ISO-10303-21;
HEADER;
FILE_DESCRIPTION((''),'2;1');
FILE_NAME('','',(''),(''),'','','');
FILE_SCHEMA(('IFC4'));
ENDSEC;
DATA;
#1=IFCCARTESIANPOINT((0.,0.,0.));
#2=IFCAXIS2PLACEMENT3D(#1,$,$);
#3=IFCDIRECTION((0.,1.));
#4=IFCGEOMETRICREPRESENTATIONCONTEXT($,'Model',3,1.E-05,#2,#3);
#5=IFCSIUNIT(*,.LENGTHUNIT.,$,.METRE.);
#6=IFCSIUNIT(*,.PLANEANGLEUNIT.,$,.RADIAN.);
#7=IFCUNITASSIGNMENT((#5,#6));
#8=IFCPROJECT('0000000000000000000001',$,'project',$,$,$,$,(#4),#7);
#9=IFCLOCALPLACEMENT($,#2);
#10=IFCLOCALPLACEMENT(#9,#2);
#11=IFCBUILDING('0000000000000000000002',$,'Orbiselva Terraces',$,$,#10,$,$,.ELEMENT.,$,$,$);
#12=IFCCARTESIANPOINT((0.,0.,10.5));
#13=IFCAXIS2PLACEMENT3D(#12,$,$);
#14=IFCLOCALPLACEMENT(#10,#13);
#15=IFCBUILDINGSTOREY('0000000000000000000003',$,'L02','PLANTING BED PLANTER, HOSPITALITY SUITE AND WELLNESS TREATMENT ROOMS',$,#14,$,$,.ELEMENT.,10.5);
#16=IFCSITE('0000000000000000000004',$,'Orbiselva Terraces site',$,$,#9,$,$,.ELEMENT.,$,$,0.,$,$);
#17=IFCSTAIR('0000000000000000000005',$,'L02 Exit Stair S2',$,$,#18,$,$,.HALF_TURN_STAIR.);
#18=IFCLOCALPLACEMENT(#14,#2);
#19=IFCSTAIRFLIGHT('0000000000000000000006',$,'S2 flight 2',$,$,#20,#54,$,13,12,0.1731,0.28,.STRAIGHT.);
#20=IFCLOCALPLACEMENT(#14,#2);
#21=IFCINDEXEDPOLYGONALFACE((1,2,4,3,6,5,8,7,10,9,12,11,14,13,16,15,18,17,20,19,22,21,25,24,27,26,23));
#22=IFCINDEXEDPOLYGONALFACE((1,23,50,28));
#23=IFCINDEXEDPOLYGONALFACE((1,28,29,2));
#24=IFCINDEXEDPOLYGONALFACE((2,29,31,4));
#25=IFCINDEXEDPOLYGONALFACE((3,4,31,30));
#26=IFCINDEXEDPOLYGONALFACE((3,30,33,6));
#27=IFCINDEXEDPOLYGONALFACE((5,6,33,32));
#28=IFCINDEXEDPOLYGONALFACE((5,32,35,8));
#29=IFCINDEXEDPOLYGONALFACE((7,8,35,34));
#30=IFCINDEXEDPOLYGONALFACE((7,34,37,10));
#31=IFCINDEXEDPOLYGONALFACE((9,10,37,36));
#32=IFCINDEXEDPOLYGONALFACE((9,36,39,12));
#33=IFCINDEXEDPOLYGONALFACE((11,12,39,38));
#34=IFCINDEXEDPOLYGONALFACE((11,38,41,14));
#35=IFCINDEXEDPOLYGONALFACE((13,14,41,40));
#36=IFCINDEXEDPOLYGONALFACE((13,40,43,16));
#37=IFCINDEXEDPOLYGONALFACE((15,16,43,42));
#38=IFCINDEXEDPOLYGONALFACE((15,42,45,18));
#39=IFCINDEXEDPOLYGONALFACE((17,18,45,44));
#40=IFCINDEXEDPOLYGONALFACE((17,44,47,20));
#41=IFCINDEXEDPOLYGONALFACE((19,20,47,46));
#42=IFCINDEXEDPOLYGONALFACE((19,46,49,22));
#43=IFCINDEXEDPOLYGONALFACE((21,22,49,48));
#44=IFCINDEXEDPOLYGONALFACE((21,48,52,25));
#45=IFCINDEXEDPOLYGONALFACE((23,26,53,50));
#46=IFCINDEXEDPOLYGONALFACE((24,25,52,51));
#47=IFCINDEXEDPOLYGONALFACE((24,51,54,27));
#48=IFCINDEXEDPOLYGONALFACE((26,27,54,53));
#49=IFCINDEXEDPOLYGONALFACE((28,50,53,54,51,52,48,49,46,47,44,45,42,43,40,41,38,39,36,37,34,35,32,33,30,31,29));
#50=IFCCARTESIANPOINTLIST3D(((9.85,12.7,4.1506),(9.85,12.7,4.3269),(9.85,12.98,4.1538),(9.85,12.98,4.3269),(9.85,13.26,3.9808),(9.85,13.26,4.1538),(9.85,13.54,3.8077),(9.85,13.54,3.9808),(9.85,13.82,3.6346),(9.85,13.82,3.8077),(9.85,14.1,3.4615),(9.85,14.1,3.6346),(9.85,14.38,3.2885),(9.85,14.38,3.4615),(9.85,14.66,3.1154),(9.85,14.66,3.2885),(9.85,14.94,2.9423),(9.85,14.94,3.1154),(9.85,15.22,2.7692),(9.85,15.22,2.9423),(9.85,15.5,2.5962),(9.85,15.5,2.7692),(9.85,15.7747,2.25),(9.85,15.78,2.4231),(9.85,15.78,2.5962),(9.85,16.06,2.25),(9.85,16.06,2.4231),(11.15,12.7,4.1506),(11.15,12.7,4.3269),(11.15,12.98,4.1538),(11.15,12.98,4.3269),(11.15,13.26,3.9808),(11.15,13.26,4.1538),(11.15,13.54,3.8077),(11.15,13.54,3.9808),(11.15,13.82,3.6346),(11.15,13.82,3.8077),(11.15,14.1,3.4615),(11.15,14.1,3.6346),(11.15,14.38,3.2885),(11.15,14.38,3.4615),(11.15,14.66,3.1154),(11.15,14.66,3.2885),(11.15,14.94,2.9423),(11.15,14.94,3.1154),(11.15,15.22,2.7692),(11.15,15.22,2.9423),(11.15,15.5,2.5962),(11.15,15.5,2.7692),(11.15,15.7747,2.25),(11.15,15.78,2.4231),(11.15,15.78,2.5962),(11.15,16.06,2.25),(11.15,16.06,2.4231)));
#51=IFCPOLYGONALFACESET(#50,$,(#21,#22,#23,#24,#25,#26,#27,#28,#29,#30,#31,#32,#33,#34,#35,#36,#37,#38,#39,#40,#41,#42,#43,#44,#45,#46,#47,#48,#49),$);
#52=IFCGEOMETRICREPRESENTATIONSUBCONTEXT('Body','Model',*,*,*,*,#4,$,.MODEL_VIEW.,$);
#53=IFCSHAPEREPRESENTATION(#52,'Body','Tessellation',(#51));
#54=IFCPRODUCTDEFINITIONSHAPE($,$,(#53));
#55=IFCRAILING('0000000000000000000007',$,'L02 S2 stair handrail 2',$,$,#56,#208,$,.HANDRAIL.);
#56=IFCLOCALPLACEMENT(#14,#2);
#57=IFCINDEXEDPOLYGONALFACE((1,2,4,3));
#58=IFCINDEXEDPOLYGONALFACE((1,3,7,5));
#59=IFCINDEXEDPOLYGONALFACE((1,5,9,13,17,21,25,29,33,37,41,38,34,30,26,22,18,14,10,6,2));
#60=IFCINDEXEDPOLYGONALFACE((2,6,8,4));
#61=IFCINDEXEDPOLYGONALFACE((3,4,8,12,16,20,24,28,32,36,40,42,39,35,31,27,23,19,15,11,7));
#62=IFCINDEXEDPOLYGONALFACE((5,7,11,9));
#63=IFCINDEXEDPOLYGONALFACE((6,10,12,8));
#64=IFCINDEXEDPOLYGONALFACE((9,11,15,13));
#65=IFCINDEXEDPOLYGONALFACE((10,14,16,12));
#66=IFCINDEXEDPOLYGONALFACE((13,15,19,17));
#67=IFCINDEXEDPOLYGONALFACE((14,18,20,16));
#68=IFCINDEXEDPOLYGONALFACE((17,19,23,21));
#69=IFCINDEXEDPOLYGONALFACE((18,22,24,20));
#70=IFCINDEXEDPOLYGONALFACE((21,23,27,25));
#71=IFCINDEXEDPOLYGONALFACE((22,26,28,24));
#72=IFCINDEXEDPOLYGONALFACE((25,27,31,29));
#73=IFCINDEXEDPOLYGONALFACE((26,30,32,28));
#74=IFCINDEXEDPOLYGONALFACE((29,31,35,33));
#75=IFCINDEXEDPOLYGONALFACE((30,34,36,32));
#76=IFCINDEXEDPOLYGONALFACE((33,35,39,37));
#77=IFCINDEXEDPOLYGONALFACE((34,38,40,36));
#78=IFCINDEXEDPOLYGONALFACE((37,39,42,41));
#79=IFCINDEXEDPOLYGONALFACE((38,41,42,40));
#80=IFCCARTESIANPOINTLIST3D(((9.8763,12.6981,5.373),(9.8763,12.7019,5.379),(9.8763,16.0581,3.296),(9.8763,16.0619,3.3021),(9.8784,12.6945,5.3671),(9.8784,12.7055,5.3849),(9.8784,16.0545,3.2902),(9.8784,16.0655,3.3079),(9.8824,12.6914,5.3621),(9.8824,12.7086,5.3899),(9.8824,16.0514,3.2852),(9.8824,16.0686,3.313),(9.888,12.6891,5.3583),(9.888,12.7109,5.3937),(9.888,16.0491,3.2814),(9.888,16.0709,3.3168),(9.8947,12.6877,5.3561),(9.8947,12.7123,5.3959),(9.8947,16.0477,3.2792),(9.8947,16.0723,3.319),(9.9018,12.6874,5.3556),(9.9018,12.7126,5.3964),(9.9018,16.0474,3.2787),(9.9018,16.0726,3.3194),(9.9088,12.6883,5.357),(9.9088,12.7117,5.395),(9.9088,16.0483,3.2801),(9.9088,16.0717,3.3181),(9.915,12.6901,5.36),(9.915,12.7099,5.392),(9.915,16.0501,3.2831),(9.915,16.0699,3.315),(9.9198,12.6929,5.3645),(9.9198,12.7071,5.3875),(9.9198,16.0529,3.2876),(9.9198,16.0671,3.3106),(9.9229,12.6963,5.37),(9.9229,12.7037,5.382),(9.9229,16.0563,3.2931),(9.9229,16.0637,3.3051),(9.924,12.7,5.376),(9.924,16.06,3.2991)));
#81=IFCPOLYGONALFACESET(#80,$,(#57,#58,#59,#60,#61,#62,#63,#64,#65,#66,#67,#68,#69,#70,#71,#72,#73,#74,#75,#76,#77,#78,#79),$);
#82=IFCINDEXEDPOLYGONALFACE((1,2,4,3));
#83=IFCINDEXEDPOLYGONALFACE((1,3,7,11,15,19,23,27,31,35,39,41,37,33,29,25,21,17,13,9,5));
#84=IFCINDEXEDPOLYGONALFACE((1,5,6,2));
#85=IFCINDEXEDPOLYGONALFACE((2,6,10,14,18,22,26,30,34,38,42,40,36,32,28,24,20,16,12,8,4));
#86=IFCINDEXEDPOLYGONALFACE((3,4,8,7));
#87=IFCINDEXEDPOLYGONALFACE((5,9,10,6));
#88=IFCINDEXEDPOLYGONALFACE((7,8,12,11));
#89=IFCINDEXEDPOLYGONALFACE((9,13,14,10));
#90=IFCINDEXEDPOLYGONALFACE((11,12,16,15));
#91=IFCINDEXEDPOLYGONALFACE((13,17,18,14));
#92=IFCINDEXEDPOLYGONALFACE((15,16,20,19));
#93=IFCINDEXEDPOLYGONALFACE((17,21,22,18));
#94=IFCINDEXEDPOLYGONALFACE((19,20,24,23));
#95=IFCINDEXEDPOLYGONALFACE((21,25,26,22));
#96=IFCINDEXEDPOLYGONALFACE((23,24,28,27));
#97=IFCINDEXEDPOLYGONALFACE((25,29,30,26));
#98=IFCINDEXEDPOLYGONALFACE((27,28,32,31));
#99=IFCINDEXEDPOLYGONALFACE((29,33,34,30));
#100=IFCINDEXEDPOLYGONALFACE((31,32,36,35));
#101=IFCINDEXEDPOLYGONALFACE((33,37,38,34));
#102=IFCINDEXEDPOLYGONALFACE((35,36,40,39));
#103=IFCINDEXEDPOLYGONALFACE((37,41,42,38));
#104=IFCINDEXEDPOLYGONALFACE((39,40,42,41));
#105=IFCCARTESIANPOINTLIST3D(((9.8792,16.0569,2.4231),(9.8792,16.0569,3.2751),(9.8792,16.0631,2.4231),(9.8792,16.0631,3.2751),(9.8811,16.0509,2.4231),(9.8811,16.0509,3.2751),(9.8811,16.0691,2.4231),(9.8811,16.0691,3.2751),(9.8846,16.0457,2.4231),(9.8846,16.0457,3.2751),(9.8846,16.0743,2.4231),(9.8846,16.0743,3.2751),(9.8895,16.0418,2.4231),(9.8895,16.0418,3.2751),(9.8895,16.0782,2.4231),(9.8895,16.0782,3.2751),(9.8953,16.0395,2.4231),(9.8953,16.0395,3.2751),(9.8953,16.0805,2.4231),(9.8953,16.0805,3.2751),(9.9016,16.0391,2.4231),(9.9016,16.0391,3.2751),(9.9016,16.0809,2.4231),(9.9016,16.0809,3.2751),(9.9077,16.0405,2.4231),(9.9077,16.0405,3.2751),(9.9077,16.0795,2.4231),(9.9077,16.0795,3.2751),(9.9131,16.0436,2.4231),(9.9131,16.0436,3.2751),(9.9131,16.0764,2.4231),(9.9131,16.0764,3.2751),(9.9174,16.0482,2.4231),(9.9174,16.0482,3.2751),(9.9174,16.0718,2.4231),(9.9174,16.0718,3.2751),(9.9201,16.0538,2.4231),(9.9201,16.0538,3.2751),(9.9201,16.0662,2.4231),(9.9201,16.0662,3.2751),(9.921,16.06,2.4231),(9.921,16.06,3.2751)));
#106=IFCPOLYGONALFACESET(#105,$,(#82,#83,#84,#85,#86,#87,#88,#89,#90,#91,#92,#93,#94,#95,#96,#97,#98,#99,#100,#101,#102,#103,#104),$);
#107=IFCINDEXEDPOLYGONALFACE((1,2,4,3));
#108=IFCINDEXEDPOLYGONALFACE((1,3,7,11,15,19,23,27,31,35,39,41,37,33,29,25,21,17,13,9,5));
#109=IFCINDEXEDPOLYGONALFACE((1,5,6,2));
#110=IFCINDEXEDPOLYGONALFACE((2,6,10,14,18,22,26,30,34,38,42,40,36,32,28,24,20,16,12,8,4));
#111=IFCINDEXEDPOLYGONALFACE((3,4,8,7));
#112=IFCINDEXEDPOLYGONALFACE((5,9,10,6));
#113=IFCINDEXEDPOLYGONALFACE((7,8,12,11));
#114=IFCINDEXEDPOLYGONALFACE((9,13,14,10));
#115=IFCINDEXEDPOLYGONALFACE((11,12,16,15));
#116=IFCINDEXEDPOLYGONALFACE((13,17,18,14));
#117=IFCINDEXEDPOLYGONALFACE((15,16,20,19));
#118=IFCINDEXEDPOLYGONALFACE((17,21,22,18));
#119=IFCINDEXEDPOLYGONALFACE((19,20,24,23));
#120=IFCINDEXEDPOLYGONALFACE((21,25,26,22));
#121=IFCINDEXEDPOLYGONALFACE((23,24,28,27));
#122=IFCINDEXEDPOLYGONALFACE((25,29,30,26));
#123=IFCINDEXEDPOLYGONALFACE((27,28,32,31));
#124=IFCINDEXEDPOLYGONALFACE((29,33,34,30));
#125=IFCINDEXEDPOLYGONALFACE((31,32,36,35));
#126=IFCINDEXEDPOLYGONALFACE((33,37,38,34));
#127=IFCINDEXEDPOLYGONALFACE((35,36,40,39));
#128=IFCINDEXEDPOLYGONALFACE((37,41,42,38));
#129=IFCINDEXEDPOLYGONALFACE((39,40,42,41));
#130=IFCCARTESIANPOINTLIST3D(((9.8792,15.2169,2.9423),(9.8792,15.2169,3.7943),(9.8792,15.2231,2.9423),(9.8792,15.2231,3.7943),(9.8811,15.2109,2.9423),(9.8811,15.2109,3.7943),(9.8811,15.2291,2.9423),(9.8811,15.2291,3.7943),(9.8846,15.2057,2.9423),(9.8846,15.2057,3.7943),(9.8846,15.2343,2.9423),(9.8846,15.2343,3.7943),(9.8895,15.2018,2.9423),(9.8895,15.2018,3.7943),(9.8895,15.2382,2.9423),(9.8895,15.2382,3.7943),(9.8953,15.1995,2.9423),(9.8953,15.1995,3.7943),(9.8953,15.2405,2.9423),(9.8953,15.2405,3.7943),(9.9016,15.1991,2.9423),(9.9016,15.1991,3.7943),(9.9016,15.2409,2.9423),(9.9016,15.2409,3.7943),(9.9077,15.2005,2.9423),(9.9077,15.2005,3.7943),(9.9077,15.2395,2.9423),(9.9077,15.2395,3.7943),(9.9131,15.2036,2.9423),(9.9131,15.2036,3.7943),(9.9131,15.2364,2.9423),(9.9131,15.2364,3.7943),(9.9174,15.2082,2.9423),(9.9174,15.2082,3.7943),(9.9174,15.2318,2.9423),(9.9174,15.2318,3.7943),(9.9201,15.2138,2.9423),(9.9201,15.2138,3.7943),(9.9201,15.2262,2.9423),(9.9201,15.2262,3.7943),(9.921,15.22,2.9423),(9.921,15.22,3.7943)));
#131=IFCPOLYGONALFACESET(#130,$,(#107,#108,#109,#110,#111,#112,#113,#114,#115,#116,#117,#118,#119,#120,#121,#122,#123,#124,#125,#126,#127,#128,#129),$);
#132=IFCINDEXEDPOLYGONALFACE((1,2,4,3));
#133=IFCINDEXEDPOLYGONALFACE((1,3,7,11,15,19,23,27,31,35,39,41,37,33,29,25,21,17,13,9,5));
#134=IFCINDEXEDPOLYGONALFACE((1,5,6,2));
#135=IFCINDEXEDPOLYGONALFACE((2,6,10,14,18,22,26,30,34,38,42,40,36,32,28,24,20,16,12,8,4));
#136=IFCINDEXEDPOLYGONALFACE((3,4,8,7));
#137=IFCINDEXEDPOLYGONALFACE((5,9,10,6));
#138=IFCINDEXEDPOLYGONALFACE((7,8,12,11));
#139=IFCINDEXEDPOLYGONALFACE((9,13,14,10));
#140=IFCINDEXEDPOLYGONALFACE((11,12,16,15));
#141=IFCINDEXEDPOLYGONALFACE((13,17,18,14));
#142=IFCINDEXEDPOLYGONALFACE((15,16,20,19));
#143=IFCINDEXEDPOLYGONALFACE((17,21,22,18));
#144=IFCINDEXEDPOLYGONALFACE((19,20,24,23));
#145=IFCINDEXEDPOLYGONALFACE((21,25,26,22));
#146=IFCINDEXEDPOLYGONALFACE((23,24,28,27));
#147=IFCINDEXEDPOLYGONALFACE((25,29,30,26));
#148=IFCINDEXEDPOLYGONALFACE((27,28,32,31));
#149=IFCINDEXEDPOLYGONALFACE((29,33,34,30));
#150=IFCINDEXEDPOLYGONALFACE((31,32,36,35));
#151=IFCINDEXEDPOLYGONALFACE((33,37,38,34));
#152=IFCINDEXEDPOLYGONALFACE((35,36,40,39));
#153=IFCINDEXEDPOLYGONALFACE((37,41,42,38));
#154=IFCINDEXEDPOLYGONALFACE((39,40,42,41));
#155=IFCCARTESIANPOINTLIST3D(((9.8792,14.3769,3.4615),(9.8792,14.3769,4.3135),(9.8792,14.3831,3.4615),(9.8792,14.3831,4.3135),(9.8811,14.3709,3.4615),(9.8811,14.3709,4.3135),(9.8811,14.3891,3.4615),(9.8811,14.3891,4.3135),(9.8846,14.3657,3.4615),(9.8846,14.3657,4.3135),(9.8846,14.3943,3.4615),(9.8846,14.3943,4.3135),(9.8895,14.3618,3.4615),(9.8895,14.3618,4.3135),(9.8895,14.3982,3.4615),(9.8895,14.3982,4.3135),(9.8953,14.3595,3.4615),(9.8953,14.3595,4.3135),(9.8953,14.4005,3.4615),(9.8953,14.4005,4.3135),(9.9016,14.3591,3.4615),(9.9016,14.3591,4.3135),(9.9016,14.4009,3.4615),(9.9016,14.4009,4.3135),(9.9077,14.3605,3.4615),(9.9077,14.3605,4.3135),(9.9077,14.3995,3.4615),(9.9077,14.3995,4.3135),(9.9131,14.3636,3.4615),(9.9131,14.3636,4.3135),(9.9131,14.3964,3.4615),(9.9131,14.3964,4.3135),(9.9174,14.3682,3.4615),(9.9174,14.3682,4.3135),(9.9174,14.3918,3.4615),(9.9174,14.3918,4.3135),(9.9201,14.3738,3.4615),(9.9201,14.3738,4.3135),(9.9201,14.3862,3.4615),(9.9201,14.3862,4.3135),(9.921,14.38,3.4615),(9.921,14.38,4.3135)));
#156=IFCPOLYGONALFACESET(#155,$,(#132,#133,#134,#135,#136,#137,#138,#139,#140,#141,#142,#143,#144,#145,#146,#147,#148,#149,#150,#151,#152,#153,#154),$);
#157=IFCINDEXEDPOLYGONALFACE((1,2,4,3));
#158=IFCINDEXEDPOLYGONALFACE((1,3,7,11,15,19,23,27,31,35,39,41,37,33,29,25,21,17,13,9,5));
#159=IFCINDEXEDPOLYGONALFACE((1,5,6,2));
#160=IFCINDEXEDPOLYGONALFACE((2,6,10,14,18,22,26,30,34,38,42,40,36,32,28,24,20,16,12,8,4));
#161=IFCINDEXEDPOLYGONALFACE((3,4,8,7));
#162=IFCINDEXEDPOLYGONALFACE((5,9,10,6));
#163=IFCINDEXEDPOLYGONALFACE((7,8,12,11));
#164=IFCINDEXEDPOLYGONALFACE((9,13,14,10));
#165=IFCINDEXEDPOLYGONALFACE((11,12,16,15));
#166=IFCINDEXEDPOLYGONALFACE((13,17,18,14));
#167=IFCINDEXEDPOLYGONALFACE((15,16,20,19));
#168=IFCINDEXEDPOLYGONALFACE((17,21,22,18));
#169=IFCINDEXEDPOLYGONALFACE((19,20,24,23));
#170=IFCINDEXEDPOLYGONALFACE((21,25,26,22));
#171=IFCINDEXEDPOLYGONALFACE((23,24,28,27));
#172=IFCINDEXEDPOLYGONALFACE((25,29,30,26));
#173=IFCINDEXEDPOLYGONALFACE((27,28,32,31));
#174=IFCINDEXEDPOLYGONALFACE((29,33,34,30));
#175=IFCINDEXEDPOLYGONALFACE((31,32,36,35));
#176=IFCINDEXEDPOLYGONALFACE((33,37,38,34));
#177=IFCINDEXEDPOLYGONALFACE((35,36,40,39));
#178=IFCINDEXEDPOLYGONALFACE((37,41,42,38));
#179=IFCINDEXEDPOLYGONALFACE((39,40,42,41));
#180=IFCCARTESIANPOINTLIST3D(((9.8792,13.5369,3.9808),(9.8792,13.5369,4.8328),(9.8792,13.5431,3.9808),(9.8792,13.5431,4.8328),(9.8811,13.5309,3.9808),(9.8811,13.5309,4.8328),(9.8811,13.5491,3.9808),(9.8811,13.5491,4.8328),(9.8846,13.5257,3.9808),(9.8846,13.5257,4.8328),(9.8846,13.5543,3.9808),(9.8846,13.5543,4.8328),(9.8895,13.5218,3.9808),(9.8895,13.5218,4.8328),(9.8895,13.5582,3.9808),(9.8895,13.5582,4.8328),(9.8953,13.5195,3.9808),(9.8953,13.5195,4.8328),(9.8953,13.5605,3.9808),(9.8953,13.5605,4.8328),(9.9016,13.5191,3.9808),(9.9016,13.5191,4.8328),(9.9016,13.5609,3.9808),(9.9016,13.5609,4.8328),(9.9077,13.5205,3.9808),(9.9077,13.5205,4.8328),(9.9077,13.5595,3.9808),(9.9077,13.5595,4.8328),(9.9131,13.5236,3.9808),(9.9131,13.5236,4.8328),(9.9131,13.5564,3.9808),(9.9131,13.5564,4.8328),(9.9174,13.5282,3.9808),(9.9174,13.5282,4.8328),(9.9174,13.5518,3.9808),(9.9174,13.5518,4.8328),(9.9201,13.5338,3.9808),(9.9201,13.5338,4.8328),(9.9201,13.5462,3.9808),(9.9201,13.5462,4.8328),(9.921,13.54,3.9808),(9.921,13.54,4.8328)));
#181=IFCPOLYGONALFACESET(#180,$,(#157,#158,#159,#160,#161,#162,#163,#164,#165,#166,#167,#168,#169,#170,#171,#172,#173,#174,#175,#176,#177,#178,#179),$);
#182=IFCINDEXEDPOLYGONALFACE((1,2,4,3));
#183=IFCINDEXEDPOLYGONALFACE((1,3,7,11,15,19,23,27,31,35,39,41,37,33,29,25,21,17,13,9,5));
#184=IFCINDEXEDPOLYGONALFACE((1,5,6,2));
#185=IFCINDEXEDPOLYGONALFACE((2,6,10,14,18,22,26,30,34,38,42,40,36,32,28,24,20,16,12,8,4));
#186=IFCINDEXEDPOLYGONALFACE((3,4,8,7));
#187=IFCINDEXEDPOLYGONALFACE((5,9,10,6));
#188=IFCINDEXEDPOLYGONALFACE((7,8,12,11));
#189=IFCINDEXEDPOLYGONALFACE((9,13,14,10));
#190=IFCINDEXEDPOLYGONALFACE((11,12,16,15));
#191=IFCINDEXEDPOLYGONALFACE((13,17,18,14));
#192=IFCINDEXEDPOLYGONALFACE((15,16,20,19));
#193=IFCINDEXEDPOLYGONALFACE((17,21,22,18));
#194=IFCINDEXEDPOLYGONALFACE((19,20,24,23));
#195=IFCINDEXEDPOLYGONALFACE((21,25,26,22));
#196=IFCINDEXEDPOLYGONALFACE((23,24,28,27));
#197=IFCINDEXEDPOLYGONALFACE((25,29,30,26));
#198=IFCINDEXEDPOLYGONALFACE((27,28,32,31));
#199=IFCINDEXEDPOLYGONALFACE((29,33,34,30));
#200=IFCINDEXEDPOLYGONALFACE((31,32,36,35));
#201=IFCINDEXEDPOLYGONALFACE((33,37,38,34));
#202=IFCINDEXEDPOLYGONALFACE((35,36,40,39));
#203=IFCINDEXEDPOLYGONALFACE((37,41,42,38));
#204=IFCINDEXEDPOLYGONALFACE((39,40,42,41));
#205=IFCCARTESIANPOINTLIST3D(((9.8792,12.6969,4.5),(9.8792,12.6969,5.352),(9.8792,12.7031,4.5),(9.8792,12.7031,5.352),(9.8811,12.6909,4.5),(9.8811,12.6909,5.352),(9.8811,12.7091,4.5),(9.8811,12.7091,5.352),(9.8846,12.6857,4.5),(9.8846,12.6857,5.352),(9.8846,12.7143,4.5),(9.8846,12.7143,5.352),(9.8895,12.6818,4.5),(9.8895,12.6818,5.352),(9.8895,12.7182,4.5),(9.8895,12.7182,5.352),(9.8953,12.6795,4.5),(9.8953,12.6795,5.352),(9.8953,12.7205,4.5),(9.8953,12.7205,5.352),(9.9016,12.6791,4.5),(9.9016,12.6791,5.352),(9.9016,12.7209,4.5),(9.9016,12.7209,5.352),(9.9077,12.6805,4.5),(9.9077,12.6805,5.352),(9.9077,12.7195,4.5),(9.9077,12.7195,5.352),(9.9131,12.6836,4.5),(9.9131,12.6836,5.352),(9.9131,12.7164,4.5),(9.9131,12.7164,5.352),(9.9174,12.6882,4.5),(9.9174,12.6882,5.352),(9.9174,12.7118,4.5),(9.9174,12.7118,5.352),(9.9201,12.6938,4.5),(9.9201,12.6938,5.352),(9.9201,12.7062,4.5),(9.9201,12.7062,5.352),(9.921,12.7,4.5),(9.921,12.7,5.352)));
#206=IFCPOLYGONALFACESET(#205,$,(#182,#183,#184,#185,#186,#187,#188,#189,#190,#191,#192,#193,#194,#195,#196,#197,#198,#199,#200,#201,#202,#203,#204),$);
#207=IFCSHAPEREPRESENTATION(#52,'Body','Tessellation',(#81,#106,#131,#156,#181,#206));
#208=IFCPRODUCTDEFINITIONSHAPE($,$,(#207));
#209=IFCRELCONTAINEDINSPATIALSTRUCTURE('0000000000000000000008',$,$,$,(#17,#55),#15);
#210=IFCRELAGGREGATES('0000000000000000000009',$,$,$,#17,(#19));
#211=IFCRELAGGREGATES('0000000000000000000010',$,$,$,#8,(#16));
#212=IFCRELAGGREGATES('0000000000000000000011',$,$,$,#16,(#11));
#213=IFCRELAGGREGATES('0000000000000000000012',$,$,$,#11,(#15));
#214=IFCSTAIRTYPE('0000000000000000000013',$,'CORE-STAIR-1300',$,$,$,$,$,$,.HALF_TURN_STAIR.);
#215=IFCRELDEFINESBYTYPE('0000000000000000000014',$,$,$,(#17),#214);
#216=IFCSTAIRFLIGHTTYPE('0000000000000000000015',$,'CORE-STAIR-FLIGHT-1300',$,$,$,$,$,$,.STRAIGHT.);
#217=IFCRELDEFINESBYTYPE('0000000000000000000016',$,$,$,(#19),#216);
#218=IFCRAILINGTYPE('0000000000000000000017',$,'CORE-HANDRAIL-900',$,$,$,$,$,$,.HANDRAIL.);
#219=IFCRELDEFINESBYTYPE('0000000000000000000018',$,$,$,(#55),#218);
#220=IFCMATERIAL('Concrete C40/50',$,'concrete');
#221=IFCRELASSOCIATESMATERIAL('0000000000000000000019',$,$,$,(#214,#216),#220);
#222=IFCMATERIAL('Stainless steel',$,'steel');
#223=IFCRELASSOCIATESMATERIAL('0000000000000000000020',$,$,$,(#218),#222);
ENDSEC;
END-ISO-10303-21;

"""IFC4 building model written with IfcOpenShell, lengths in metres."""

from ifc_helpers import new_model, si_unit, direction, frame, origin, origin_2d, place, context, subcontext, project, spatial, polyline, circle, outline, extrude, material, type_object, element, aggregate, save


model = new_model("IFC4")

# Units and contexts
model_context = context("Model", 3, precision=1e-05, world=origin(), true_north=direction((0.0, 1.0)))
body_context = subcontext(model_context, "Body", "Model", "MODEL_VIEW")
ifc_project = project(units=[si_unit("LENGTHUNIT", "METRE"), si_unit("PLANEANGLEUNIT", "RADIAN")], contexts=[model_context])

# Site, building, storey
site_placement = place(None, origin())
site = spatial("IfcSite", under=ifc_project, at=site_placement, Name="Orbiselva Terraces site", CompositionType="ELEMENT", RefElevation=0.0)
building_placement = place(site_placement, origin())
building = spatial("IfcBuilding", under=site, at=building_placement, Name="Orbiselva Terraces", CompositionType="ELEMENT")
storey_placement = place(building_placement, frame((0.0, 0.0, 10.5)))
storey = spatial("IfcBuildingStorey", under=building, at=storey_placement, Name="L02", Description="PLANTING BED PLANTER, HOSPITALITY SUITE AND WELLNESS TREATMENT ROOMS", CompositionType="ELEMENT", Elevation=10.5)

# Shared definitions
ifc_material_1 = material(Name="Concrete C40/50", Category="concrete")

# Stair, stair flight
stair_type = type_object("IfcStairType", Name="CORE-STAIR-1300", PredefinedType="HALF_TURN_STAIR", material=ifc_material_1)
stair_placement = place(storey_placement, origin())
stair = element("IfcStair", 1, at=stair_placement, inside=storey, type_object=stair_type, Name="L02 Exit Stair S2", PredefinedType="HALF_TURN_STAIR")
stair_flight_type = type_object("IfcStairFlightType", Name="CORE-STAIR-FLIGHT-1300", PredefinedType="STRAIGHT", material=ifc_material_1)
stair_flight_placement = place(storey_placement, frame((10.5, 16.06, 2.25), z_axis=(0.0, 0.0, 1.0), x_axis=(0.0, -1.0, 0.0)))
stair_flight = element("IfcStairFlight", 2, at=stair_flight_placement, type_object=stair_flight_type, Name="S2 flight 2", NumberOfRisers=13, NumberOfTreads=12, PredefinedType="STRAIGHT", RiserHeight=0.1731, TreadLength=0.28, context=body_context, shape_type="SweptSolid", body=[
    extrude(outline(polyline([(0.0, 0.0), (0.0, 0.1731), (0.28, 0.1731), (0.28, 0.3462), (0.56, 0.3462), (0.56, 0.5192), (0.84, 0.5192), (0.84, 0.6923), (1.12, 0.6923), (1.12, 0.8654), (1.4, 0.8654), (1.4, 1.0385), (1.68, 1.0385), (1.68, 1.2115), (1.96, 1.2115), (1.96, 1.3846), (2.24, 1.3846), (2.24, 1.5577), (2.52, 1.5577), (2.52, 1.7308), (2.8, 1.7308), (2.8, 1.9038), (3.08, 1.9038), (3.08, 2.0769), (3.36, 2.0769), (3.36, 2.25), (3.36, 1.9006), (0.2853, 0.0), (0.0, 0.0)])), frame((0.0, 0.65, 0.0), z_axis=(0.0, -1.0, 0.0), x_axis=(1.0, 0.0, 0.0)), (0.0, 0.0, 1.0), 1.3),
])
aggregate(stair, [stair_flight])

# Railing
ifc_material_2 = material(Name="Stainless steel", Category="steel")
railing_type = type_object("IfcRailingType", Name="CORE-HANDRAIL-900", PredefinedType="HANDRAIL", material=ifc_material_2)
railing_placement = place(storey_placement, frame((9.9, 16.06, 2.4231)))
element("IfcRailing", 3, at=railing_placement, inside=storey, type_object=railing_type, Name="L02 S2 stair handrail 2", PredefinedType="HANDRAIL", context=body_context, shape_type="SweptSolid", body=[
    extrude(circle(Radius=0.024, at=origin_2d()), frame((0.0, 0.0, 0.876), z_axis=(0.0, -0.850614, 0.525791), x_axis=(1.0, 0.0, 0.0)), (0.0, 0.0, 1.0), 3.9501),
    extrude(circle(Radius=0.021, at=origin_2d()), origin(), (0.0, 0.0, 1.0), 0.852),
    extrude(circle(Radius=0.021, at=origin_2d()), frame((0.0, -0.84, 0.5192)), (0.0, 0.0, 1.0), 0.852),
    extrude(circle(Radius=0.021, at=origin_2d()), frame((0.0, -1.68, 1.0385)), (0.0, 0.0, 1.0), 0.852),
    extrude(circle(Radius=0.021, at=origin_2d()), frame((0.0, -2.52, 1.5577)), (0.0, 0.0, 1.0), 0.852),
    extrude(circle(Radius=0.021, at=origin_2d()), frame((0.0, -3.36, 2.0769)), (0.0, 0.0, 1.0), 0.852),
])

save(model, "model.ifc")
